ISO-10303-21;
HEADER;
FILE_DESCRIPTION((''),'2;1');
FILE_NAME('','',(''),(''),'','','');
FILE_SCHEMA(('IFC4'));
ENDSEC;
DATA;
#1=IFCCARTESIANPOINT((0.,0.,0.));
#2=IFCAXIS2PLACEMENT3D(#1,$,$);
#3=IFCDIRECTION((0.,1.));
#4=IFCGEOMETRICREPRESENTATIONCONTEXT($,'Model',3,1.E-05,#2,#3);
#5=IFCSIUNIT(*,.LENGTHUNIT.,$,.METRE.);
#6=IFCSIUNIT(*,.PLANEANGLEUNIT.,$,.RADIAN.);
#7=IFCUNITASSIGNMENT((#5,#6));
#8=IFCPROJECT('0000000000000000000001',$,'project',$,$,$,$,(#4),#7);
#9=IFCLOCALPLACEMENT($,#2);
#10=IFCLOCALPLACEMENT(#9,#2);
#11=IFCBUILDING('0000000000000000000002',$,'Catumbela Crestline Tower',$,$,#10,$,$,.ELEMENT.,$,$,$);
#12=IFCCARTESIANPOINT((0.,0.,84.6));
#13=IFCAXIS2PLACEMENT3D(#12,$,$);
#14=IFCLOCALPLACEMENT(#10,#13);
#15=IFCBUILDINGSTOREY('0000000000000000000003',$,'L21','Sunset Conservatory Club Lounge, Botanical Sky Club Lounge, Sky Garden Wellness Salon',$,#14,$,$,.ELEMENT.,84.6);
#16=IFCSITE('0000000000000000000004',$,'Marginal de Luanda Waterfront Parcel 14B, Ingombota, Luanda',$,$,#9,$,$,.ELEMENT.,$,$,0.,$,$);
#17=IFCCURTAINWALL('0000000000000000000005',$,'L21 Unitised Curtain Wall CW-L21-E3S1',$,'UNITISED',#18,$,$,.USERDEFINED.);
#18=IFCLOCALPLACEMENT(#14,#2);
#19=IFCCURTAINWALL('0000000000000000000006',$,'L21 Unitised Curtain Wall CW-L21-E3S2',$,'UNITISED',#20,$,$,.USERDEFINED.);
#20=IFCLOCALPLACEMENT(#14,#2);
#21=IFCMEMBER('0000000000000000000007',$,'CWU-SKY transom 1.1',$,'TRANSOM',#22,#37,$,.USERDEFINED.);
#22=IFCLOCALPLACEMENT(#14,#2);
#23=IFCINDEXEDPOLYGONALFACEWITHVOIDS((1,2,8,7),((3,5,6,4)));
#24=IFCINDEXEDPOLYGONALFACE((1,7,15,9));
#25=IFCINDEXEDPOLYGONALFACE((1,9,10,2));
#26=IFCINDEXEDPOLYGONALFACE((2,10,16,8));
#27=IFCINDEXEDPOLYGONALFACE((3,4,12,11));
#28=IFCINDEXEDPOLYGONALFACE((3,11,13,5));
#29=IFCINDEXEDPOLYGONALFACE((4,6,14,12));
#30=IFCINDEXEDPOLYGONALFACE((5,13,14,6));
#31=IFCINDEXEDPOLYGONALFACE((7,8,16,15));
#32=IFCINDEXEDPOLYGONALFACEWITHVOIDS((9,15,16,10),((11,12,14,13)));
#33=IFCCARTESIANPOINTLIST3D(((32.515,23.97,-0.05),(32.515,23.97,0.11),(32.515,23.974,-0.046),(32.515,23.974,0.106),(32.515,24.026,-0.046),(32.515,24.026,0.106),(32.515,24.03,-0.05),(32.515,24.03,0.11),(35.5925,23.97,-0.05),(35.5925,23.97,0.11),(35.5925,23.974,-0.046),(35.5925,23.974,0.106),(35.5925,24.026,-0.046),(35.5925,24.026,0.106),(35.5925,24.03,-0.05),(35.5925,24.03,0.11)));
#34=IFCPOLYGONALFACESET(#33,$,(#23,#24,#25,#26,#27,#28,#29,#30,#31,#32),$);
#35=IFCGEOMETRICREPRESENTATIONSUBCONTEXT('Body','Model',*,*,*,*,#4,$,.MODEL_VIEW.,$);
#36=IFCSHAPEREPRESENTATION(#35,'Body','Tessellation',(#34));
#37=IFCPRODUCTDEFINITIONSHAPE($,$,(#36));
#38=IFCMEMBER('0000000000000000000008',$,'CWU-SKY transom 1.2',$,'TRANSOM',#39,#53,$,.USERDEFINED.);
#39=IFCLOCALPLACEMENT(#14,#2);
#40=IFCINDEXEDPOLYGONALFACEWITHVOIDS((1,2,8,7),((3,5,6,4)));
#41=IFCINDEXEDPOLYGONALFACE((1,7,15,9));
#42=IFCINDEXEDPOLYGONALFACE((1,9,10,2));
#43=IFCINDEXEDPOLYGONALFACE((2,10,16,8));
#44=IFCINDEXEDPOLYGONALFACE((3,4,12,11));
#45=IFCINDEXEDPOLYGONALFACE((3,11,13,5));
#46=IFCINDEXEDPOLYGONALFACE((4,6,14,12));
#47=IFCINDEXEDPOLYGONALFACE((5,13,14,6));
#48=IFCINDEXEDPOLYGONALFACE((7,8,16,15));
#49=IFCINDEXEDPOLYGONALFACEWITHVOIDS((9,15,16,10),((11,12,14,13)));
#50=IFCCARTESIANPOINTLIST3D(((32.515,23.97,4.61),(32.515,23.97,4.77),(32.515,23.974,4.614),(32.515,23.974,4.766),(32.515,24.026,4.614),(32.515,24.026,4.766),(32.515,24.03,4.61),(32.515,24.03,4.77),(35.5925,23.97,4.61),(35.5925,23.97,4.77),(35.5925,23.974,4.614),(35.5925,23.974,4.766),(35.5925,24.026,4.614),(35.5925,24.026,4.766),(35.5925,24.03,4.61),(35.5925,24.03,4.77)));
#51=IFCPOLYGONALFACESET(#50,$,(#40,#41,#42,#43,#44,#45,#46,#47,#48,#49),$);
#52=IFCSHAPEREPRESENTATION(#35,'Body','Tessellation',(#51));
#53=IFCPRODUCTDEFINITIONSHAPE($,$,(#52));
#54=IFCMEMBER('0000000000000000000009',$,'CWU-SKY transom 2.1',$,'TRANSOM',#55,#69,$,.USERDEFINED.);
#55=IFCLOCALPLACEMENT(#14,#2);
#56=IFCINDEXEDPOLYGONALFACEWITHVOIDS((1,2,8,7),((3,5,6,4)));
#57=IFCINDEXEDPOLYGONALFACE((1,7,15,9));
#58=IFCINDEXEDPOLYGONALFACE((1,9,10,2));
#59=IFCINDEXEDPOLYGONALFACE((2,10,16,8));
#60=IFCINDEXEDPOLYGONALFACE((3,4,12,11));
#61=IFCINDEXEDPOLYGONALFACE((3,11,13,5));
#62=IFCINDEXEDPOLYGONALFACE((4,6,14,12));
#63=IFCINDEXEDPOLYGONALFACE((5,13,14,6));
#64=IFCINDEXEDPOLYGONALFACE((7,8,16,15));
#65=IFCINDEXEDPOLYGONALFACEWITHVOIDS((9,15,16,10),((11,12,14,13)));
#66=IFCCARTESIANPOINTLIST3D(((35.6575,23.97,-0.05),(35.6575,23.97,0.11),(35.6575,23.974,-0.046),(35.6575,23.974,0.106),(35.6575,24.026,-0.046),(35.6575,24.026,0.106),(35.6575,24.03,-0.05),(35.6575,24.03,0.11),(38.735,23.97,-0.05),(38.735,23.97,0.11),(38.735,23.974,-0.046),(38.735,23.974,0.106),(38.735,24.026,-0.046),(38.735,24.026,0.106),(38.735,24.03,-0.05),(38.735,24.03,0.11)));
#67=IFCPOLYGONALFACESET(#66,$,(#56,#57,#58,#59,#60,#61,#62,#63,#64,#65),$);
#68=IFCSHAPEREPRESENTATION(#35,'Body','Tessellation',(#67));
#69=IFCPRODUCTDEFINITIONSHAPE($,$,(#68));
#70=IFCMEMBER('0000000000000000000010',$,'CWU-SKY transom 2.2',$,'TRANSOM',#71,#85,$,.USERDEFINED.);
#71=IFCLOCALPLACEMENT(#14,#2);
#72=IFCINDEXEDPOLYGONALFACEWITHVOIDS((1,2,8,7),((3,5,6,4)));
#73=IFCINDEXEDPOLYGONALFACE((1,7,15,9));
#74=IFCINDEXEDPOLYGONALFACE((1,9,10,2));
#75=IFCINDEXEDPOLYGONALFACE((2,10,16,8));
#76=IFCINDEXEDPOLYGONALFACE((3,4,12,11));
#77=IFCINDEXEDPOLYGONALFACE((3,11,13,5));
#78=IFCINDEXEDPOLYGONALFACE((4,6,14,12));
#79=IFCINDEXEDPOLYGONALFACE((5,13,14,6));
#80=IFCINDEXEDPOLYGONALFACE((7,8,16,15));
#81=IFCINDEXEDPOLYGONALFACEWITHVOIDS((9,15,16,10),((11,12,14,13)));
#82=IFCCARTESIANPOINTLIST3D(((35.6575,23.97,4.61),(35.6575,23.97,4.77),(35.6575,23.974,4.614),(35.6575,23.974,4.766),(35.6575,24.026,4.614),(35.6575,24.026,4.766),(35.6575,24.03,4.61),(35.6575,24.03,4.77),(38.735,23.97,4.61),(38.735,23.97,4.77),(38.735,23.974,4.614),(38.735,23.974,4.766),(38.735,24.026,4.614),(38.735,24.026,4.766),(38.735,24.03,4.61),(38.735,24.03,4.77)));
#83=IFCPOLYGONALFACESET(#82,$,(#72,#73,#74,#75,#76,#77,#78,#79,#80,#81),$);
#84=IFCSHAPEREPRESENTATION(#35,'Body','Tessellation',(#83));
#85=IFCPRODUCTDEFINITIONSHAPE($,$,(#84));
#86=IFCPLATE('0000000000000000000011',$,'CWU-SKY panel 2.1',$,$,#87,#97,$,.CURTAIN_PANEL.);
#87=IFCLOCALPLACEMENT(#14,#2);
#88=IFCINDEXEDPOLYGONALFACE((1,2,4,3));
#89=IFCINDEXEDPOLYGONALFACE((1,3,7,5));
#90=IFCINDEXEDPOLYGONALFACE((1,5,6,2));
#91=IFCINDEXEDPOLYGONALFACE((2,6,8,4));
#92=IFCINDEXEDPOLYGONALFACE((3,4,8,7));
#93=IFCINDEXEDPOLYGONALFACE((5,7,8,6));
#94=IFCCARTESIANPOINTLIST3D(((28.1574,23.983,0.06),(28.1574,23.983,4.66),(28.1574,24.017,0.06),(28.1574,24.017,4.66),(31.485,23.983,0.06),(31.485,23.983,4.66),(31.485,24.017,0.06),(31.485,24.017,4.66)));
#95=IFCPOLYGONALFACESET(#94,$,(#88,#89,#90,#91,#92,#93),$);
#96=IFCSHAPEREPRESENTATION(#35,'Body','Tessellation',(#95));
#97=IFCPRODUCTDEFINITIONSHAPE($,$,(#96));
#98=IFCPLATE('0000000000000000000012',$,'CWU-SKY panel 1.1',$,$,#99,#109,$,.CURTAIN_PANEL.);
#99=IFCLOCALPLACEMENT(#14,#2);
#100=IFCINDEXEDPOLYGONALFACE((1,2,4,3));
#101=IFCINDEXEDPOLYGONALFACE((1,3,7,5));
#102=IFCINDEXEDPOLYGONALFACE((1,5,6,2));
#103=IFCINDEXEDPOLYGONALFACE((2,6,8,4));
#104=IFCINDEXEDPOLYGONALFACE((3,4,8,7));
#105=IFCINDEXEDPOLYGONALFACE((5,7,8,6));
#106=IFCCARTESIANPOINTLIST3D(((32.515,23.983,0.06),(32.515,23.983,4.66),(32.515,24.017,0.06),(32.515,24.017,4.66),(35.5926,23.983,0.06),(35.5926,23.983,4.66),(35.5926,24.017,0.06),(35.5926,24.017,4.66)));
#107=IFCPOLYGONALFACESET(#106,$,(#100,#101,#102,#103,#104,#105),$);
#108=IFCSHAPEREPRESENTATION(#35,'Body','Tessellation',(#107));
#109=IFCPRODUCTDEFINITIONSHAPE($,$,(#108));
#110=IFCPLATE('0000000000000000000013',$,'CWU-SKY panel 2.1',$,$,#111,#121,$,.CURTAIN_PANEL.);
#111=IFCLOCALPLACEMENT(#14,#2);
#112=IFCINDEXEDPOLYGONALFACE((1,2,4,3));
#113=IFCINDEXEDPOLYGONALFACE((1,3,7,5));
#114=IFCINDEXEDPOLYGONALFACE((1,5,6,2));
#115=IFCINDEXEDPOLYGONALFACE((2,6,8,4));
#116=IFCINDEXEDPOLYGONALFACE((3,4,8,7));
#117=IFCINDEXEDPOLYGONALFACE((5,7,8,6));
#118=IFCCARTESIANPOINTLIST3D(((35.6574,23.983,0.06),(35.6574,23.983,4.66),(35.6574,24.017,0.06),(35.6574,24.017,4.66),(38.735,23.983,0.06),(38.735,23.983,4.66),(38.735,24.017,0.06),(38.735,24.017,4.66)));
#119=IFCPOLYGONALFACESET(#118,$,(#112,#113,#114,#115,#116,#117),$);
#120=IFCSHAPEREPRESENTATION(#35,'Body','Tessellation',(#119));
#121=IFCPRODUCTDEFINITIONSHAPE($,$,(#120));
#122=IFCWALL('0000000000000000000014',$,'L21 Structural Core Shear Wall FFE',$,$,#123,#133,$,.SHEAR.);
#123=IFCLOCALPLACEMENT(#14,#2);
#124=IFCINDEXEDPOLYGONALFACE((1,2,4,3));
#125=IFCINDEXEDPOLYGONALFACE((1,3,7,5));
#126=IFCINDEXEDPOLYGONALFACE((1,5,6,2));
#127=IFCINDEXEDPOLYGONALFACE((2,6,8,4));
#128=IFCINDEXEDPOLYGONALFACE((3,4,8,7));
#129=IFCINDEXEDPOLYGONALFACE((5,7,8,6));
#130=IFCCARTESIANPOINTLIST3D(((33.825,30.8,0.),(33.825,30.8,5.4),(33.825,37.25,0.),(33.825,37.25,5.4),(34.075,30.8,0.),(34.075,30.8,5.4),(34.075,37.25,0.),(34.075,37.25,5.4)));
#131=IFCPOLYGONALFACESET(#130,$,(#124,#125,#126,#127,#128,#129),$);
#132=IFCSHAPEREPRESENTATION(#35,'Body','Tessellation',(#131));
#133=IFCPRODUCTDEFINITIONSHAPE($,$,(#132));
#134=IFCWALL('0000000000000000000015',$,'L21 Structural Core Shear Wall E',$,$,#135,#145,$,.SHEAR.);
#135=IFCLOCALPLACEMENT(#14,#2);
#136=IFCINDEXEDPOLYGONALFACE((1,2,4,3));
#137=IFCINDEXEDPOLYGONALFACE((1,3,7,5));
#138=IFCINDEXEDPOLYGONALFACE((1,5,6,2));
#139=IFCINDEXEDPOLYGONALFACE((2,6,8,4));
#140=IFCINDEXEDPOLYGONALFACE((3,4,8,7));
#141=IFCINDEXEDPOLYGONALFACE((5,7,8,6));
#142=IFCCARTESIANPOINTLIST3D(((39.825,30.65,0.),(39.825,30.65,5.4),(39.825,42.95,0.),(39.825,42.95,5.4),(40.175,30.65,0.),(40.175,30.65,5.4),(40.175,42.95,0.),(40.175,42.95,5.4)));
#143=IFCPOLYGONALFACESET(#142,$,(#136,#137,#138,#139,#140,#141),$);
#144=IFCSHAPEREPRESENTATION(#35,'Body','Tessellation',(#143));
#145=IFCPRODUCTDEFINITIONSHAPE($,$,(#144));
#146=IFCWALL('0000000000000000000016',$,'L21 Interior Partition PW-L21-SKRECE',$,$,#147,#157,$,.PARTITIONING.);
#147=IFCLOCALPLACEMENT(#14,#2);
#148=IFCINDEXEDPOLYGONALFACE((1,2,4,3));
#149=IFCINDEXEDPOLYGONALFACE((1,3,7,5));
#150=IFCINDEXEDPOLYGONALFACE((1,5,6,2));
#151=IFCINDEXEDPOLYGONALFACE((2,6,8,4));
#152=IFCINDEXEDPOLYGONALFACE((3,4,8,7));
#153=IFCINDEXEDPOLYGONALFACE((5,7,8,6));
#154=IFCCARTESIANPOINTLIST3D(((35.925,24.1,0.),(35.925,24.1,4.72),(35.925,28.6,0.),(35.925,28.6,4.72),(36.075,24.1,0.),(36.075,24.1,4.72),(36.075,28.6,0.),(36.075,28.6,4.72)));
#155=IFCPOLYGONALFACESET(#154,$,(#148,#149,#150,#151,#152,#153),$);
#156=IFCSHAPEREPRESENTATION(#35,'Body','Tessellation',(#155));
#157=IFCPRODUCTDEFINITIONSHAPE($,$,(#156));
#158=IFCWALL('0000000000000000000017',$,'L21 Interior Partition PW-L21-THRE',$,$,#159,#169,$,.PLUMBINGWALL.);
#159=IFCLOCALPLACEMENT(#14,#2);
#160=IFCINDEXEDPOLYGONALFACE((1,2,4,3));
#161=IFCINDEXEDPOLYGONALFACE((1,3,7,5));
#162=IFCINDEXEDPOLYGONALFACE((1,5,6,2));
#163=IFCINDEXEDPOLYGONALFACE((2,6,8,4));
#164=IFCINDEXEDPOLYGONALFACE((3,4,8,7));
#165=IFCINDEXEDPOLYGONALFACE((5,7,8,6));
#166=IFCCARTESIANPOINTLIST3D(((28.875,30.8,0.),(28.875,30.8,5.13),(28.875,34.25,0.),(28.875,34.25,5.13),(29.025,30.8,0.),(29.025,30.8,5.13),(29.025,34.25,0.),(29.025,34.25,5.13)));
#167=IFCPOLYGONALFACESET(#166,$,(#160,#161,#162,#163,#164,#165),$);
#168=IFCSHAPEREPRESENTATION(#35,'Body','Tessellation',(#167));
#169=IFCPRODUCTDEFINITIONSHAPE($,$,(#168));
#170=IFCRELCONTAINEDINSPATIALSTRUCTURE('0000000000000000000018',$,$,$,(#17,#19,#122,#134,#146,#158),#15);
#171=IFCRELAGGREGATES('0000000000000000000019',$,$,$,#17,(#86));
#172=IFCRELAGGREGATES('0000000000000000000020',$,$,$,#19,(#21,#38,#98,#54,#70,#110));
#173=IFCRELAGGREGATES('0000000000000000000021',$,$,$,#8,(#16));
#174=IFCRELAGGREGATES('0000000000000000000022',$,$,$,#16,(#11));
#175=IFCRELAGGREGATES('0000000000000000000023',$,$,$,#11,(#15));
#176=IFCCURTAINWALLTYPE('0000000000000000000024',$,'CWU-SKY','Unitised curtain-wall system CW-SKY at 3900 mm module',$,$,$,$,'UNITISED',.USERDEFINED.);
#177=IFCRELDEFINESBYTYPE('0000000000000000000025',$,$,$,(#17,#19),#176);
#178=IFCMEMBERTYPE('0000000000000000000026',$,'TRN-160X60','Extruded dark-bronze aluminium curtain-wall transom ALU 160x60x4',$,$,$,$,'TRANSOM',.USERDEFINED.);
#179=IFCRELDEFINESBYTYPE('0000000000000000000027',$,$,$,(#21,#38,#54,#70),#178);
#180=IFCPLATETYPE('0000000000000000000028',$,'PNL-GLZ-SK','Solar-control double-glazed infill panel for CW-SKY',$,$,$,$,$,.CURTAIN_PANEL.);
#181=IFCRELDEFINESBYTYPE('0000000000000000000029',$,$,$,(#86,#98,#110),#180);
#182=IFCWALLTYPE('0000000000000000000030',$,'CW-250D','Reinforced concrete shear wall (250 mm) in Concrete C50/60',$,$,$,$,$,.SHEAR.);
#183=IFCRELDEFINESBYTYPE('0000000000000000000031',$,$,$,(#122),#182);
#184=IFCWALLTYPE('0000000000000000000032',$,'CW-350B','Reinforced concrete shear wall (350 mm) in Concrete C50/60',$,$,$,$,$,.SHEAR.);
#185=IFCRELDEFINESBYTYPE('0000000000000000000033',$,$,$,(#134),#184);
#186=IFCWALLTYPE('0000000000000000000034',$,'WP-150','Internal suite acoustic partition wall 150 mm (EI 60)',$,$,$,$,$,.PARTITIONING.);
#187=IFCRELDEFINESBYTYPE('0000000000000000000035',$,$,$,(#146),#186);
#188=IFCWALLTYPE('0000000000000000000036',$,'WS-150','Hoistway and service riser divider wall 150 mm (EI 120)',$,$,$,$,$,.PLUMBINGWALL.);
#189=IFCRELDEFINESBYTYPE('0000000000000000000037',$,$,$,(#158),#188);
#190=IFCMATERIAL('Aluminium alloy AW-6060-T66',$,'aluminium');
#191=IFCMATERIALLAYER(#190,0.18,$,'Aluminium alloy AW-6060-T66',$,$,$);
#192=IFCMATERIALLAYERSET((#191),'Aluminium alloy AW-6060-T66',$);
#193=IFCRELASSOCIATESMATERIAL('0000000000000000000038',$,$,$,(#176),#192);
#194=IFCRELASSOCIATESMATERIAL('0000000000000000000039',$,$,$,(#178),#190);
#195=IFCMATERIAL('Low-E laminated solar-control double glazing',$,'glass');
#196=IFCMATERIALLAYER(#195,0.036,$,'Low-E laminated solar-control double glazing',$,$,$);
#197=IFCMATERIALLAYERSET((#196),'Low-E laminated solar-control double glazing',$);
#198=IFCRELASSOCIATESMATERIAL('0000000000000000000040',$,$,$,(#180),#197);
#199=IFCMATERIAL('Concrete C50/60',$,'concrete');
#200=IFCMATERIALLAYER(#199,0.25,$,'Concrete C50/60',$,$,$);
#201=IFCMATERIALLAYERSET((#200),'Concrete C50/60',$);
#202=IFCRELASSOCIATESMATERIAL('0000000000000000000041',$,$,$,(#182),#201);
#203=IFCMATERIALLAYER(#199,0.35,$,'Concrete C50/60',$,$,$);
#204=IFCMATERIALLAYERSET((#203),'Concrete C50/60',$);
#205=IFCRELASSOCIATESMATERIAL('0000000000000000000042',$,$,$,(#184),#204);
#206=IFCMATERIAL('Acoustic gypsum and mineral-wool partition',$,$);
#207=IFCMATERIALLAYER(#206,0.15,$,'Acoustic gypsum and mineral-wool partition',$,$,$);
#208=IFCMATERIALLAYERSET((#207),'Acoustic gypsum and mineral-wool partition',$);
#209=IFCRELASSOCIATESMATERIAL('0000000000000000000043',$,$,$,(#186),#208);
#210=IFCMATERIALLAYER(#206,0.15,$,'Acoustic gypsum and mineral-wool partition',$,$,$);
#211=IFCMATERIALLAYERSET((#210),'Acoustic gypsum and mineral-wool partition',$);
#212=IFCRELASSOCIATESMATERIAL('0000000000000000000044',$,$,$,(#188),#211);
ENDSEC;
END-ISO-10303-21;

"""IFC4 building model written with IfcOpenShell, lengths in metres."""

from ifc_helpers import new_model, si_unit, direction, frame, frame_2d, origin, origin_2d, place, context, subcontext, project, spatial, rectangle, hollow_rectangle, extrude, material, layer, layer_set, material_profile, profile_set, type_object, element, aggregate, save


model = new_model("IFC4")

# Units and contexts
model_context = context("Model", 3, precision=1e-05, world=origin(), true_north=direction((0.0, 1.0)))
body_context = subcontext(model_context, "Body", "Model", "MODEL_VIEW")
ifc_project = project(units=[si_unit("LENGTHUNIT", "METRE"), si_unit("PLANEANGLEUNIT", "RADIAN")], contexts=[model_context])

# Site, building, storey
site_placement = place(None, origin())
site = spatial("IfcSite", under=ifc_project, at=site_placement, Name="Marginal de Luanda Waterfront Parcel 14B, Ingombota, Luanda", CompositionType="ELEMENT", RefElevation=0.0)
building_placement = place(site_placement, origin())
building = spatial("IfcBuilding", under=site, at=building_placement, Name="Catumbela Crestline Tower", CompositionType="ELEMENT")
storey_placement = place(building_placement, frame((0.0, 0.0, 84.6)))
storey = spatial("IfcBuildingStorey", under=building, at=storey_placement, Name="L21", Description="Sunset Conservatory Club Lounge, Botanical Sky Club Lounge, Sky Garden Wellness Salon", CompositionType="ELEMENT", Elevation=84.6)

# Shared definitions
ifc_material_1 = material(Name="Concrete C50/60", Category="concrete")

# Curtain wall
ifc_material_2 = material(Name="Aluminium alloy AW-6060-T66", Category="aluminium")
ifc_layer_1 = layer(ifc_material_2, 0.18, Name="Aluminium alloy AW-6060-T66")
ifc_layer_set_1 = layer_set([ifc_layer_1], Name="Aluminium alloy AW-6060-T66")
curtain_wall_type = type_object("IfcCurtainWallType", Name="CWU-SKY", Description="Unitised curtain-wall system CW-SKY at 3900 mm module", ElementType="UNITISED", PredefinedType="USERDEFINED", material=ifc_layer_set_1)
curtain_wall_1_placement = place(storey_placement, origin())
curtain_wall_1 = element("IfcCurtainWall", 1, at=curtain_wall_1_placement, inside=storey, type_object=curtain_wall_type, Name="L21 Unitised Curtain Wall CW-L21-E3S1", ObjectType="UNITISED", PredefinedType="USERDEFINED")

# Curtain wall
curtain_wall_2_placement = place(storey_placement, origin())
curtain_wall_2 = element("IfcCurtainWall", 2, at=curtain_wall_2_placement, inside=storey, type_object=curtain_wall_type, Name="L21 Unitised Curtain Wall CW-L21-E3S2", ObjectType="UNITISED", PredefinedType="USERDEFINED")

# Members
ifc_material_profile_1 = material_profile(ifc_material_2, hollow_rectangle(XDim=0.06, YDim=0.16, WallThickness=0.004, at=origin_2d()), Name="ALU 160x60x4")
ifc_profile_set_1 = profile_set([ifc_material_profile_1], Name="Aluminium alloy AW-6060-T66")
member_type_1 = type_object("IfcMemberType", Name="TRN-160X60", Description="Extruded dark-bronze aluminium curtain-wall transom ALU 160x60x4", ElementType="TRANSOM", PredefinedType="USERDEFINED", material=ifc_profile_set_1)
member_1_placement = place(storey_placement, frame((32.515, 24.0, 0.03), z_axis=(1.0, 0.0, 0.0), x_axis=(0.0, 1.0, 0.0)))
member_1 = element("IfcMember", 3, at=member_1_placement, type_object=member_type_1, Name="CWU-SKY transom 1.1", ObjectType="TRANSOM", PredefinedType="USERDEFINED", context=body_context, shape_type="SweptSolid", body=[
    extrude(hollow_rectangle(XDim=0.06, YDim=0.16, WallThickness=0.004, at=origin_2d()), origin(), (0.0, 0.0, 1.0), 3.0775),
])
member_2_placement = place(storey_placement, frame((32.515, 24.0, 4.69), z_axis=(1.0, 0.0, 0.0), x_axis=(0.0, 1.0, 0.0)))
member_2 = element("IfcMember", 4, at=member_2_placement, type_object=member_type_1, Name="CWU-SKY transom 1.2", ObjectType="TRANSOM", PredefinedType="USERDEFINED", context=body_context, shape_type="SweptSolid", body=[
    extrude(hollow_rectangle(XDim=0.06, YDim=0.16, WallThickness=0.004, at=origin_2d()), origin(), (0.0, 0.0, 1.0), 3.0775),
])
member_3_placement = place(storey_placement, frame((35.6575, 24.0, 0.03), z_axis=(1.0, 0.0, 0.0), x_axis=(0.0, 1.0, 0.0)))
member_3 = element("IfcMember", 5, at=member_3_placement, type_object=member_type_1, Name="CWU-SKY transom 2.1", ObjectType="TRANSOM", PredefinedType="USERDEFINED", context=body_context, shape_type="SweptSolid", body=[
    extrude(hollow_rectangle(XDim=0.06, YDim=0.16, WallThickness=0.004, at=origin_2d()), origin(), (0.0, 0.0, 1.0), 3.0775),
])
member_4_placement = place(storey_placement, frame((35.6575, 24.0, 4.69), z_axis=(1.0, 0.0, 0.0), x_axis=(0.0, 1.0, 0.0)))
member_4 = element("IfcMember", 6, at=member_4_placement, type_object=member_type_1, Name="CWU-SKY transom 2.2", ObjectType="TRANSOM", PredefinedType="USERDEFINED", context=body_context, shape_type="SweptSolid", body=[
    extrude(hollow_rectangle(XDim=0.06, YDim=0.16, WallThickness=0.004, at=origin_2d()), origin(), (0.0, 0.0, 1.0), 3.0775),
])

# Plates
ifc_material_3 = material(Name="Low-E laminated solar-control double glazing", Category="glass")
ifc_layer_2 = layer(ifc_material_3, 0.036, Name="Low-E laminated solar-control double glazing")
ifc_layer_set_2 = layer_set([ifc_layer_2], Name="Low-E laminated solar-control double glazing")
plate_type = type_object("IfcPlateType", Name="PNL-GLZ-SK", Description="Solar-control double-glazed infill panel for CW-SKY", PredefinedType="CURTAIN_PANEL", material=ifc_layer_set_2)
plate_1_placement = place(storey_placement, frame((29.8212, 24.0, 0.06), z_axis=(0.0, 0.0, 1.0), x_axis=(1.0, 0.0, 0.0)))
plate_1 = element("IfcPlate", 7, at=plate_1_placement, type_object=plate_type, Name="CWU-SKY panel 2.1", PredefinedType="CURTAIN_PANEL", context=body_context, shape_type="SweptSolid", body=[
    extrude(rectangle(XDim=3.3275, YDim=0.034, at=origin_2d()), origin(), (0.0, 0.0, 1.0), 4.6),
])
aggregate(curtain_wall_1, [plate_1])
plate_2_placement = place(storey_placement, frame((34.0538, 24.0, 0.06), z_axis=(0.0, 0.0, 1.0), x_axis=(1.0, 0.0, 0.0)))
plate_2 = element("IfcPlate", 8, at=plate_2_placement, type_object=plate_type, Name="CWU-SKY panel 1.1", PredefinedType="CURTAIN_PANEL", context=body_context, shape_type="SweptSolid", body=[
    extrude(rectangle(XDim=3.0775, YDim=0.034, at=origin_2d()), origin(), (0.0, 0.0, 1.0), 4.6),
])
plate_3_placement = place(storey_placement, frame((37.1962, 24.0, 0.06), z_axis=(0.0, 0.0, 1.0), x_axis=(1.0, 0.0, 0.0)))
plate_3 = element("IfcPlate", 9, at=plate_3_placement, type_object=plate_type, Name="CWU-SKY panel 2.1", PredefinedType="CURTAIN_PANEL", context=body_context, shape_type="SweptSolid", body=[
    extrude(rectangle(XDim=3.0775, YDim=0.034, at=origin_2d()), origin(), (0.0, 0.0, 1.0), 4.6),
])
aggregate(curtain_wall_2, [member_1, member_2, plate_2, member_3, member_4, plate_3])

# Walls
ifc_layer_3 = layer(ifc_material_1, 0.25, Name="Concrete C50/60")
ifc_layer_set_3 = layer_set([ifc_layer_3], Name="Concrete C50/60")
wall_type_1 = type_object("IfcWallType", Name="CW-250D", Description="Reinforced concrete shear wall (250 mm) in Concrete C50/60", PredefinedType="SHEAR", material=ifc_layer_set_3)
wall_1_placement = place(storey_placement, frame((33.95, 30.8, 0.0), z_axis=(0.0, 0.0, 1.0), x_axis=(0.0, 1.0, 0.0)))
element("IfcWall", 10, at=wall_1_placement, inside=storey, type_object=wall_type_1, Name="L21 Structural Core Shear Wall FFE", PredefinedType="SHEAR", context=body_context, shape_type="SweptSolid", body=[
    extrude(rectangle(XDim=6.45, YDim=0.25, at=frame_2d((3.225, 0.0))), origin(), (0.0, 0.0, 1.0), 5.4),
])
ifc_layer_4 = layer(ifc_material_1, 0.35, Name="Concrete C50/60")
ifc_layer_set_4 = layer_set([ifc_layer_4], Name="Concrete C50/60")
wall_type_2 = type_object("IfcWallType", Name="CW-350B", Description="Reinforced concrete shear wall (350 mm) in Concrete C50/60", PredefinedType="SHEAR", material=ifc_layer_set_4)
wall_2_placement = place(storey_placement, frame((40.0, 30.65, 0.0), z_axis=(0.0, 0.0, 1.0), x_axis=(0.0, 1.0, 0.0)))
element("IfcWall", 11, at=wall_2_placement, inside=storey, type_object=wall_type_2, Name="L21 Structural Core Shear Wall E", PredefinedType="SHEAR", context=body_context, shape_type="SweptSolid", body=[
    extrude(rectangle(XDim=12.3, YDim=0.35, at=frame_2d((6.15, 0.0))), origin(), (0.0, 0.0, 1.0), 5.4),
])
ifc_material_4 = material(Name="Acoustic gypsum and mineral-wool partition")
ifc_layer_5 = layer(ifc_material_4, 0.15, Name="Acoustic gypsum and mineral-wool partition")
ifc_layer_set_5 = layer_set([ifc_layer_5], Name="Acoustic gypsum and mineral-wool partition")
wall_type_3 = type_object("IfcWallType", Name="WP-150", Description="Internal suite acoustic partition wall 150 mm (EI 60)", PredefinedType="PARTITIONING", material=ifc_layer_set_5)
wall_3_placement = place(storey_placement, frame((36.0, 24.1, 0.0), z_axis=(0.0, 0.0, 1.0), x_axis=(0.0, 1.0, 0.0)))
element("IfcWall", 12, at=wall_3_placement, inside=storey, type_object=wall_type_3, Name="L21 Interior Partition PW-L21-SKRECE", PredefinedType="PARTITIONING", context=body_context, shape_type="SweptSolid", body=[
    extrude(rectangle(XDim=4.5, YDim=0.15, at=frame_2d((2.25, 0.0))), origin(), (0.0, 0.0, 1.0), 4.72),
])
ifc_layer_6 = layer(ifc_material_4, 0.15, Name="Acoustic gypsum and mineral-wool partition")
ifc_layer_set_6 = layer_set([ifc_layer_6], Name="Acoustic gypsum and mineral-wool partition")
wall_type_4 = type_object("IfcWallType", Name="WS-150", Description="Hoistway and service riser divider wall 150 mm (EI 120)", PredefinedType="PLUMBINGWALL", material=ifc_layer_set_6)
wall_4_placement = place(storey_placement, frame((28.95, 30.8, 0.0), z_axis=(0.0, 0.0, 1.0), x_axis=(0.0, 1.0, 0.0)))
element("IfcWall", 13, at=wall_4_placement, inside=storey, type_object=wall_type_4, Name="L21 Interior Partition PW-L21-THRE", PredefinedType="PLUMBINGWALL", context=body_context, shape_type="SweptSolid", body=[
    extrude(rectangle(XDim=3.45, YDim=0.15, at=frame_2d((1.725, 0.0))), origin(), (0.0, 0.0, 1.0), 5.13),
])

save(model, "model.ifc")
